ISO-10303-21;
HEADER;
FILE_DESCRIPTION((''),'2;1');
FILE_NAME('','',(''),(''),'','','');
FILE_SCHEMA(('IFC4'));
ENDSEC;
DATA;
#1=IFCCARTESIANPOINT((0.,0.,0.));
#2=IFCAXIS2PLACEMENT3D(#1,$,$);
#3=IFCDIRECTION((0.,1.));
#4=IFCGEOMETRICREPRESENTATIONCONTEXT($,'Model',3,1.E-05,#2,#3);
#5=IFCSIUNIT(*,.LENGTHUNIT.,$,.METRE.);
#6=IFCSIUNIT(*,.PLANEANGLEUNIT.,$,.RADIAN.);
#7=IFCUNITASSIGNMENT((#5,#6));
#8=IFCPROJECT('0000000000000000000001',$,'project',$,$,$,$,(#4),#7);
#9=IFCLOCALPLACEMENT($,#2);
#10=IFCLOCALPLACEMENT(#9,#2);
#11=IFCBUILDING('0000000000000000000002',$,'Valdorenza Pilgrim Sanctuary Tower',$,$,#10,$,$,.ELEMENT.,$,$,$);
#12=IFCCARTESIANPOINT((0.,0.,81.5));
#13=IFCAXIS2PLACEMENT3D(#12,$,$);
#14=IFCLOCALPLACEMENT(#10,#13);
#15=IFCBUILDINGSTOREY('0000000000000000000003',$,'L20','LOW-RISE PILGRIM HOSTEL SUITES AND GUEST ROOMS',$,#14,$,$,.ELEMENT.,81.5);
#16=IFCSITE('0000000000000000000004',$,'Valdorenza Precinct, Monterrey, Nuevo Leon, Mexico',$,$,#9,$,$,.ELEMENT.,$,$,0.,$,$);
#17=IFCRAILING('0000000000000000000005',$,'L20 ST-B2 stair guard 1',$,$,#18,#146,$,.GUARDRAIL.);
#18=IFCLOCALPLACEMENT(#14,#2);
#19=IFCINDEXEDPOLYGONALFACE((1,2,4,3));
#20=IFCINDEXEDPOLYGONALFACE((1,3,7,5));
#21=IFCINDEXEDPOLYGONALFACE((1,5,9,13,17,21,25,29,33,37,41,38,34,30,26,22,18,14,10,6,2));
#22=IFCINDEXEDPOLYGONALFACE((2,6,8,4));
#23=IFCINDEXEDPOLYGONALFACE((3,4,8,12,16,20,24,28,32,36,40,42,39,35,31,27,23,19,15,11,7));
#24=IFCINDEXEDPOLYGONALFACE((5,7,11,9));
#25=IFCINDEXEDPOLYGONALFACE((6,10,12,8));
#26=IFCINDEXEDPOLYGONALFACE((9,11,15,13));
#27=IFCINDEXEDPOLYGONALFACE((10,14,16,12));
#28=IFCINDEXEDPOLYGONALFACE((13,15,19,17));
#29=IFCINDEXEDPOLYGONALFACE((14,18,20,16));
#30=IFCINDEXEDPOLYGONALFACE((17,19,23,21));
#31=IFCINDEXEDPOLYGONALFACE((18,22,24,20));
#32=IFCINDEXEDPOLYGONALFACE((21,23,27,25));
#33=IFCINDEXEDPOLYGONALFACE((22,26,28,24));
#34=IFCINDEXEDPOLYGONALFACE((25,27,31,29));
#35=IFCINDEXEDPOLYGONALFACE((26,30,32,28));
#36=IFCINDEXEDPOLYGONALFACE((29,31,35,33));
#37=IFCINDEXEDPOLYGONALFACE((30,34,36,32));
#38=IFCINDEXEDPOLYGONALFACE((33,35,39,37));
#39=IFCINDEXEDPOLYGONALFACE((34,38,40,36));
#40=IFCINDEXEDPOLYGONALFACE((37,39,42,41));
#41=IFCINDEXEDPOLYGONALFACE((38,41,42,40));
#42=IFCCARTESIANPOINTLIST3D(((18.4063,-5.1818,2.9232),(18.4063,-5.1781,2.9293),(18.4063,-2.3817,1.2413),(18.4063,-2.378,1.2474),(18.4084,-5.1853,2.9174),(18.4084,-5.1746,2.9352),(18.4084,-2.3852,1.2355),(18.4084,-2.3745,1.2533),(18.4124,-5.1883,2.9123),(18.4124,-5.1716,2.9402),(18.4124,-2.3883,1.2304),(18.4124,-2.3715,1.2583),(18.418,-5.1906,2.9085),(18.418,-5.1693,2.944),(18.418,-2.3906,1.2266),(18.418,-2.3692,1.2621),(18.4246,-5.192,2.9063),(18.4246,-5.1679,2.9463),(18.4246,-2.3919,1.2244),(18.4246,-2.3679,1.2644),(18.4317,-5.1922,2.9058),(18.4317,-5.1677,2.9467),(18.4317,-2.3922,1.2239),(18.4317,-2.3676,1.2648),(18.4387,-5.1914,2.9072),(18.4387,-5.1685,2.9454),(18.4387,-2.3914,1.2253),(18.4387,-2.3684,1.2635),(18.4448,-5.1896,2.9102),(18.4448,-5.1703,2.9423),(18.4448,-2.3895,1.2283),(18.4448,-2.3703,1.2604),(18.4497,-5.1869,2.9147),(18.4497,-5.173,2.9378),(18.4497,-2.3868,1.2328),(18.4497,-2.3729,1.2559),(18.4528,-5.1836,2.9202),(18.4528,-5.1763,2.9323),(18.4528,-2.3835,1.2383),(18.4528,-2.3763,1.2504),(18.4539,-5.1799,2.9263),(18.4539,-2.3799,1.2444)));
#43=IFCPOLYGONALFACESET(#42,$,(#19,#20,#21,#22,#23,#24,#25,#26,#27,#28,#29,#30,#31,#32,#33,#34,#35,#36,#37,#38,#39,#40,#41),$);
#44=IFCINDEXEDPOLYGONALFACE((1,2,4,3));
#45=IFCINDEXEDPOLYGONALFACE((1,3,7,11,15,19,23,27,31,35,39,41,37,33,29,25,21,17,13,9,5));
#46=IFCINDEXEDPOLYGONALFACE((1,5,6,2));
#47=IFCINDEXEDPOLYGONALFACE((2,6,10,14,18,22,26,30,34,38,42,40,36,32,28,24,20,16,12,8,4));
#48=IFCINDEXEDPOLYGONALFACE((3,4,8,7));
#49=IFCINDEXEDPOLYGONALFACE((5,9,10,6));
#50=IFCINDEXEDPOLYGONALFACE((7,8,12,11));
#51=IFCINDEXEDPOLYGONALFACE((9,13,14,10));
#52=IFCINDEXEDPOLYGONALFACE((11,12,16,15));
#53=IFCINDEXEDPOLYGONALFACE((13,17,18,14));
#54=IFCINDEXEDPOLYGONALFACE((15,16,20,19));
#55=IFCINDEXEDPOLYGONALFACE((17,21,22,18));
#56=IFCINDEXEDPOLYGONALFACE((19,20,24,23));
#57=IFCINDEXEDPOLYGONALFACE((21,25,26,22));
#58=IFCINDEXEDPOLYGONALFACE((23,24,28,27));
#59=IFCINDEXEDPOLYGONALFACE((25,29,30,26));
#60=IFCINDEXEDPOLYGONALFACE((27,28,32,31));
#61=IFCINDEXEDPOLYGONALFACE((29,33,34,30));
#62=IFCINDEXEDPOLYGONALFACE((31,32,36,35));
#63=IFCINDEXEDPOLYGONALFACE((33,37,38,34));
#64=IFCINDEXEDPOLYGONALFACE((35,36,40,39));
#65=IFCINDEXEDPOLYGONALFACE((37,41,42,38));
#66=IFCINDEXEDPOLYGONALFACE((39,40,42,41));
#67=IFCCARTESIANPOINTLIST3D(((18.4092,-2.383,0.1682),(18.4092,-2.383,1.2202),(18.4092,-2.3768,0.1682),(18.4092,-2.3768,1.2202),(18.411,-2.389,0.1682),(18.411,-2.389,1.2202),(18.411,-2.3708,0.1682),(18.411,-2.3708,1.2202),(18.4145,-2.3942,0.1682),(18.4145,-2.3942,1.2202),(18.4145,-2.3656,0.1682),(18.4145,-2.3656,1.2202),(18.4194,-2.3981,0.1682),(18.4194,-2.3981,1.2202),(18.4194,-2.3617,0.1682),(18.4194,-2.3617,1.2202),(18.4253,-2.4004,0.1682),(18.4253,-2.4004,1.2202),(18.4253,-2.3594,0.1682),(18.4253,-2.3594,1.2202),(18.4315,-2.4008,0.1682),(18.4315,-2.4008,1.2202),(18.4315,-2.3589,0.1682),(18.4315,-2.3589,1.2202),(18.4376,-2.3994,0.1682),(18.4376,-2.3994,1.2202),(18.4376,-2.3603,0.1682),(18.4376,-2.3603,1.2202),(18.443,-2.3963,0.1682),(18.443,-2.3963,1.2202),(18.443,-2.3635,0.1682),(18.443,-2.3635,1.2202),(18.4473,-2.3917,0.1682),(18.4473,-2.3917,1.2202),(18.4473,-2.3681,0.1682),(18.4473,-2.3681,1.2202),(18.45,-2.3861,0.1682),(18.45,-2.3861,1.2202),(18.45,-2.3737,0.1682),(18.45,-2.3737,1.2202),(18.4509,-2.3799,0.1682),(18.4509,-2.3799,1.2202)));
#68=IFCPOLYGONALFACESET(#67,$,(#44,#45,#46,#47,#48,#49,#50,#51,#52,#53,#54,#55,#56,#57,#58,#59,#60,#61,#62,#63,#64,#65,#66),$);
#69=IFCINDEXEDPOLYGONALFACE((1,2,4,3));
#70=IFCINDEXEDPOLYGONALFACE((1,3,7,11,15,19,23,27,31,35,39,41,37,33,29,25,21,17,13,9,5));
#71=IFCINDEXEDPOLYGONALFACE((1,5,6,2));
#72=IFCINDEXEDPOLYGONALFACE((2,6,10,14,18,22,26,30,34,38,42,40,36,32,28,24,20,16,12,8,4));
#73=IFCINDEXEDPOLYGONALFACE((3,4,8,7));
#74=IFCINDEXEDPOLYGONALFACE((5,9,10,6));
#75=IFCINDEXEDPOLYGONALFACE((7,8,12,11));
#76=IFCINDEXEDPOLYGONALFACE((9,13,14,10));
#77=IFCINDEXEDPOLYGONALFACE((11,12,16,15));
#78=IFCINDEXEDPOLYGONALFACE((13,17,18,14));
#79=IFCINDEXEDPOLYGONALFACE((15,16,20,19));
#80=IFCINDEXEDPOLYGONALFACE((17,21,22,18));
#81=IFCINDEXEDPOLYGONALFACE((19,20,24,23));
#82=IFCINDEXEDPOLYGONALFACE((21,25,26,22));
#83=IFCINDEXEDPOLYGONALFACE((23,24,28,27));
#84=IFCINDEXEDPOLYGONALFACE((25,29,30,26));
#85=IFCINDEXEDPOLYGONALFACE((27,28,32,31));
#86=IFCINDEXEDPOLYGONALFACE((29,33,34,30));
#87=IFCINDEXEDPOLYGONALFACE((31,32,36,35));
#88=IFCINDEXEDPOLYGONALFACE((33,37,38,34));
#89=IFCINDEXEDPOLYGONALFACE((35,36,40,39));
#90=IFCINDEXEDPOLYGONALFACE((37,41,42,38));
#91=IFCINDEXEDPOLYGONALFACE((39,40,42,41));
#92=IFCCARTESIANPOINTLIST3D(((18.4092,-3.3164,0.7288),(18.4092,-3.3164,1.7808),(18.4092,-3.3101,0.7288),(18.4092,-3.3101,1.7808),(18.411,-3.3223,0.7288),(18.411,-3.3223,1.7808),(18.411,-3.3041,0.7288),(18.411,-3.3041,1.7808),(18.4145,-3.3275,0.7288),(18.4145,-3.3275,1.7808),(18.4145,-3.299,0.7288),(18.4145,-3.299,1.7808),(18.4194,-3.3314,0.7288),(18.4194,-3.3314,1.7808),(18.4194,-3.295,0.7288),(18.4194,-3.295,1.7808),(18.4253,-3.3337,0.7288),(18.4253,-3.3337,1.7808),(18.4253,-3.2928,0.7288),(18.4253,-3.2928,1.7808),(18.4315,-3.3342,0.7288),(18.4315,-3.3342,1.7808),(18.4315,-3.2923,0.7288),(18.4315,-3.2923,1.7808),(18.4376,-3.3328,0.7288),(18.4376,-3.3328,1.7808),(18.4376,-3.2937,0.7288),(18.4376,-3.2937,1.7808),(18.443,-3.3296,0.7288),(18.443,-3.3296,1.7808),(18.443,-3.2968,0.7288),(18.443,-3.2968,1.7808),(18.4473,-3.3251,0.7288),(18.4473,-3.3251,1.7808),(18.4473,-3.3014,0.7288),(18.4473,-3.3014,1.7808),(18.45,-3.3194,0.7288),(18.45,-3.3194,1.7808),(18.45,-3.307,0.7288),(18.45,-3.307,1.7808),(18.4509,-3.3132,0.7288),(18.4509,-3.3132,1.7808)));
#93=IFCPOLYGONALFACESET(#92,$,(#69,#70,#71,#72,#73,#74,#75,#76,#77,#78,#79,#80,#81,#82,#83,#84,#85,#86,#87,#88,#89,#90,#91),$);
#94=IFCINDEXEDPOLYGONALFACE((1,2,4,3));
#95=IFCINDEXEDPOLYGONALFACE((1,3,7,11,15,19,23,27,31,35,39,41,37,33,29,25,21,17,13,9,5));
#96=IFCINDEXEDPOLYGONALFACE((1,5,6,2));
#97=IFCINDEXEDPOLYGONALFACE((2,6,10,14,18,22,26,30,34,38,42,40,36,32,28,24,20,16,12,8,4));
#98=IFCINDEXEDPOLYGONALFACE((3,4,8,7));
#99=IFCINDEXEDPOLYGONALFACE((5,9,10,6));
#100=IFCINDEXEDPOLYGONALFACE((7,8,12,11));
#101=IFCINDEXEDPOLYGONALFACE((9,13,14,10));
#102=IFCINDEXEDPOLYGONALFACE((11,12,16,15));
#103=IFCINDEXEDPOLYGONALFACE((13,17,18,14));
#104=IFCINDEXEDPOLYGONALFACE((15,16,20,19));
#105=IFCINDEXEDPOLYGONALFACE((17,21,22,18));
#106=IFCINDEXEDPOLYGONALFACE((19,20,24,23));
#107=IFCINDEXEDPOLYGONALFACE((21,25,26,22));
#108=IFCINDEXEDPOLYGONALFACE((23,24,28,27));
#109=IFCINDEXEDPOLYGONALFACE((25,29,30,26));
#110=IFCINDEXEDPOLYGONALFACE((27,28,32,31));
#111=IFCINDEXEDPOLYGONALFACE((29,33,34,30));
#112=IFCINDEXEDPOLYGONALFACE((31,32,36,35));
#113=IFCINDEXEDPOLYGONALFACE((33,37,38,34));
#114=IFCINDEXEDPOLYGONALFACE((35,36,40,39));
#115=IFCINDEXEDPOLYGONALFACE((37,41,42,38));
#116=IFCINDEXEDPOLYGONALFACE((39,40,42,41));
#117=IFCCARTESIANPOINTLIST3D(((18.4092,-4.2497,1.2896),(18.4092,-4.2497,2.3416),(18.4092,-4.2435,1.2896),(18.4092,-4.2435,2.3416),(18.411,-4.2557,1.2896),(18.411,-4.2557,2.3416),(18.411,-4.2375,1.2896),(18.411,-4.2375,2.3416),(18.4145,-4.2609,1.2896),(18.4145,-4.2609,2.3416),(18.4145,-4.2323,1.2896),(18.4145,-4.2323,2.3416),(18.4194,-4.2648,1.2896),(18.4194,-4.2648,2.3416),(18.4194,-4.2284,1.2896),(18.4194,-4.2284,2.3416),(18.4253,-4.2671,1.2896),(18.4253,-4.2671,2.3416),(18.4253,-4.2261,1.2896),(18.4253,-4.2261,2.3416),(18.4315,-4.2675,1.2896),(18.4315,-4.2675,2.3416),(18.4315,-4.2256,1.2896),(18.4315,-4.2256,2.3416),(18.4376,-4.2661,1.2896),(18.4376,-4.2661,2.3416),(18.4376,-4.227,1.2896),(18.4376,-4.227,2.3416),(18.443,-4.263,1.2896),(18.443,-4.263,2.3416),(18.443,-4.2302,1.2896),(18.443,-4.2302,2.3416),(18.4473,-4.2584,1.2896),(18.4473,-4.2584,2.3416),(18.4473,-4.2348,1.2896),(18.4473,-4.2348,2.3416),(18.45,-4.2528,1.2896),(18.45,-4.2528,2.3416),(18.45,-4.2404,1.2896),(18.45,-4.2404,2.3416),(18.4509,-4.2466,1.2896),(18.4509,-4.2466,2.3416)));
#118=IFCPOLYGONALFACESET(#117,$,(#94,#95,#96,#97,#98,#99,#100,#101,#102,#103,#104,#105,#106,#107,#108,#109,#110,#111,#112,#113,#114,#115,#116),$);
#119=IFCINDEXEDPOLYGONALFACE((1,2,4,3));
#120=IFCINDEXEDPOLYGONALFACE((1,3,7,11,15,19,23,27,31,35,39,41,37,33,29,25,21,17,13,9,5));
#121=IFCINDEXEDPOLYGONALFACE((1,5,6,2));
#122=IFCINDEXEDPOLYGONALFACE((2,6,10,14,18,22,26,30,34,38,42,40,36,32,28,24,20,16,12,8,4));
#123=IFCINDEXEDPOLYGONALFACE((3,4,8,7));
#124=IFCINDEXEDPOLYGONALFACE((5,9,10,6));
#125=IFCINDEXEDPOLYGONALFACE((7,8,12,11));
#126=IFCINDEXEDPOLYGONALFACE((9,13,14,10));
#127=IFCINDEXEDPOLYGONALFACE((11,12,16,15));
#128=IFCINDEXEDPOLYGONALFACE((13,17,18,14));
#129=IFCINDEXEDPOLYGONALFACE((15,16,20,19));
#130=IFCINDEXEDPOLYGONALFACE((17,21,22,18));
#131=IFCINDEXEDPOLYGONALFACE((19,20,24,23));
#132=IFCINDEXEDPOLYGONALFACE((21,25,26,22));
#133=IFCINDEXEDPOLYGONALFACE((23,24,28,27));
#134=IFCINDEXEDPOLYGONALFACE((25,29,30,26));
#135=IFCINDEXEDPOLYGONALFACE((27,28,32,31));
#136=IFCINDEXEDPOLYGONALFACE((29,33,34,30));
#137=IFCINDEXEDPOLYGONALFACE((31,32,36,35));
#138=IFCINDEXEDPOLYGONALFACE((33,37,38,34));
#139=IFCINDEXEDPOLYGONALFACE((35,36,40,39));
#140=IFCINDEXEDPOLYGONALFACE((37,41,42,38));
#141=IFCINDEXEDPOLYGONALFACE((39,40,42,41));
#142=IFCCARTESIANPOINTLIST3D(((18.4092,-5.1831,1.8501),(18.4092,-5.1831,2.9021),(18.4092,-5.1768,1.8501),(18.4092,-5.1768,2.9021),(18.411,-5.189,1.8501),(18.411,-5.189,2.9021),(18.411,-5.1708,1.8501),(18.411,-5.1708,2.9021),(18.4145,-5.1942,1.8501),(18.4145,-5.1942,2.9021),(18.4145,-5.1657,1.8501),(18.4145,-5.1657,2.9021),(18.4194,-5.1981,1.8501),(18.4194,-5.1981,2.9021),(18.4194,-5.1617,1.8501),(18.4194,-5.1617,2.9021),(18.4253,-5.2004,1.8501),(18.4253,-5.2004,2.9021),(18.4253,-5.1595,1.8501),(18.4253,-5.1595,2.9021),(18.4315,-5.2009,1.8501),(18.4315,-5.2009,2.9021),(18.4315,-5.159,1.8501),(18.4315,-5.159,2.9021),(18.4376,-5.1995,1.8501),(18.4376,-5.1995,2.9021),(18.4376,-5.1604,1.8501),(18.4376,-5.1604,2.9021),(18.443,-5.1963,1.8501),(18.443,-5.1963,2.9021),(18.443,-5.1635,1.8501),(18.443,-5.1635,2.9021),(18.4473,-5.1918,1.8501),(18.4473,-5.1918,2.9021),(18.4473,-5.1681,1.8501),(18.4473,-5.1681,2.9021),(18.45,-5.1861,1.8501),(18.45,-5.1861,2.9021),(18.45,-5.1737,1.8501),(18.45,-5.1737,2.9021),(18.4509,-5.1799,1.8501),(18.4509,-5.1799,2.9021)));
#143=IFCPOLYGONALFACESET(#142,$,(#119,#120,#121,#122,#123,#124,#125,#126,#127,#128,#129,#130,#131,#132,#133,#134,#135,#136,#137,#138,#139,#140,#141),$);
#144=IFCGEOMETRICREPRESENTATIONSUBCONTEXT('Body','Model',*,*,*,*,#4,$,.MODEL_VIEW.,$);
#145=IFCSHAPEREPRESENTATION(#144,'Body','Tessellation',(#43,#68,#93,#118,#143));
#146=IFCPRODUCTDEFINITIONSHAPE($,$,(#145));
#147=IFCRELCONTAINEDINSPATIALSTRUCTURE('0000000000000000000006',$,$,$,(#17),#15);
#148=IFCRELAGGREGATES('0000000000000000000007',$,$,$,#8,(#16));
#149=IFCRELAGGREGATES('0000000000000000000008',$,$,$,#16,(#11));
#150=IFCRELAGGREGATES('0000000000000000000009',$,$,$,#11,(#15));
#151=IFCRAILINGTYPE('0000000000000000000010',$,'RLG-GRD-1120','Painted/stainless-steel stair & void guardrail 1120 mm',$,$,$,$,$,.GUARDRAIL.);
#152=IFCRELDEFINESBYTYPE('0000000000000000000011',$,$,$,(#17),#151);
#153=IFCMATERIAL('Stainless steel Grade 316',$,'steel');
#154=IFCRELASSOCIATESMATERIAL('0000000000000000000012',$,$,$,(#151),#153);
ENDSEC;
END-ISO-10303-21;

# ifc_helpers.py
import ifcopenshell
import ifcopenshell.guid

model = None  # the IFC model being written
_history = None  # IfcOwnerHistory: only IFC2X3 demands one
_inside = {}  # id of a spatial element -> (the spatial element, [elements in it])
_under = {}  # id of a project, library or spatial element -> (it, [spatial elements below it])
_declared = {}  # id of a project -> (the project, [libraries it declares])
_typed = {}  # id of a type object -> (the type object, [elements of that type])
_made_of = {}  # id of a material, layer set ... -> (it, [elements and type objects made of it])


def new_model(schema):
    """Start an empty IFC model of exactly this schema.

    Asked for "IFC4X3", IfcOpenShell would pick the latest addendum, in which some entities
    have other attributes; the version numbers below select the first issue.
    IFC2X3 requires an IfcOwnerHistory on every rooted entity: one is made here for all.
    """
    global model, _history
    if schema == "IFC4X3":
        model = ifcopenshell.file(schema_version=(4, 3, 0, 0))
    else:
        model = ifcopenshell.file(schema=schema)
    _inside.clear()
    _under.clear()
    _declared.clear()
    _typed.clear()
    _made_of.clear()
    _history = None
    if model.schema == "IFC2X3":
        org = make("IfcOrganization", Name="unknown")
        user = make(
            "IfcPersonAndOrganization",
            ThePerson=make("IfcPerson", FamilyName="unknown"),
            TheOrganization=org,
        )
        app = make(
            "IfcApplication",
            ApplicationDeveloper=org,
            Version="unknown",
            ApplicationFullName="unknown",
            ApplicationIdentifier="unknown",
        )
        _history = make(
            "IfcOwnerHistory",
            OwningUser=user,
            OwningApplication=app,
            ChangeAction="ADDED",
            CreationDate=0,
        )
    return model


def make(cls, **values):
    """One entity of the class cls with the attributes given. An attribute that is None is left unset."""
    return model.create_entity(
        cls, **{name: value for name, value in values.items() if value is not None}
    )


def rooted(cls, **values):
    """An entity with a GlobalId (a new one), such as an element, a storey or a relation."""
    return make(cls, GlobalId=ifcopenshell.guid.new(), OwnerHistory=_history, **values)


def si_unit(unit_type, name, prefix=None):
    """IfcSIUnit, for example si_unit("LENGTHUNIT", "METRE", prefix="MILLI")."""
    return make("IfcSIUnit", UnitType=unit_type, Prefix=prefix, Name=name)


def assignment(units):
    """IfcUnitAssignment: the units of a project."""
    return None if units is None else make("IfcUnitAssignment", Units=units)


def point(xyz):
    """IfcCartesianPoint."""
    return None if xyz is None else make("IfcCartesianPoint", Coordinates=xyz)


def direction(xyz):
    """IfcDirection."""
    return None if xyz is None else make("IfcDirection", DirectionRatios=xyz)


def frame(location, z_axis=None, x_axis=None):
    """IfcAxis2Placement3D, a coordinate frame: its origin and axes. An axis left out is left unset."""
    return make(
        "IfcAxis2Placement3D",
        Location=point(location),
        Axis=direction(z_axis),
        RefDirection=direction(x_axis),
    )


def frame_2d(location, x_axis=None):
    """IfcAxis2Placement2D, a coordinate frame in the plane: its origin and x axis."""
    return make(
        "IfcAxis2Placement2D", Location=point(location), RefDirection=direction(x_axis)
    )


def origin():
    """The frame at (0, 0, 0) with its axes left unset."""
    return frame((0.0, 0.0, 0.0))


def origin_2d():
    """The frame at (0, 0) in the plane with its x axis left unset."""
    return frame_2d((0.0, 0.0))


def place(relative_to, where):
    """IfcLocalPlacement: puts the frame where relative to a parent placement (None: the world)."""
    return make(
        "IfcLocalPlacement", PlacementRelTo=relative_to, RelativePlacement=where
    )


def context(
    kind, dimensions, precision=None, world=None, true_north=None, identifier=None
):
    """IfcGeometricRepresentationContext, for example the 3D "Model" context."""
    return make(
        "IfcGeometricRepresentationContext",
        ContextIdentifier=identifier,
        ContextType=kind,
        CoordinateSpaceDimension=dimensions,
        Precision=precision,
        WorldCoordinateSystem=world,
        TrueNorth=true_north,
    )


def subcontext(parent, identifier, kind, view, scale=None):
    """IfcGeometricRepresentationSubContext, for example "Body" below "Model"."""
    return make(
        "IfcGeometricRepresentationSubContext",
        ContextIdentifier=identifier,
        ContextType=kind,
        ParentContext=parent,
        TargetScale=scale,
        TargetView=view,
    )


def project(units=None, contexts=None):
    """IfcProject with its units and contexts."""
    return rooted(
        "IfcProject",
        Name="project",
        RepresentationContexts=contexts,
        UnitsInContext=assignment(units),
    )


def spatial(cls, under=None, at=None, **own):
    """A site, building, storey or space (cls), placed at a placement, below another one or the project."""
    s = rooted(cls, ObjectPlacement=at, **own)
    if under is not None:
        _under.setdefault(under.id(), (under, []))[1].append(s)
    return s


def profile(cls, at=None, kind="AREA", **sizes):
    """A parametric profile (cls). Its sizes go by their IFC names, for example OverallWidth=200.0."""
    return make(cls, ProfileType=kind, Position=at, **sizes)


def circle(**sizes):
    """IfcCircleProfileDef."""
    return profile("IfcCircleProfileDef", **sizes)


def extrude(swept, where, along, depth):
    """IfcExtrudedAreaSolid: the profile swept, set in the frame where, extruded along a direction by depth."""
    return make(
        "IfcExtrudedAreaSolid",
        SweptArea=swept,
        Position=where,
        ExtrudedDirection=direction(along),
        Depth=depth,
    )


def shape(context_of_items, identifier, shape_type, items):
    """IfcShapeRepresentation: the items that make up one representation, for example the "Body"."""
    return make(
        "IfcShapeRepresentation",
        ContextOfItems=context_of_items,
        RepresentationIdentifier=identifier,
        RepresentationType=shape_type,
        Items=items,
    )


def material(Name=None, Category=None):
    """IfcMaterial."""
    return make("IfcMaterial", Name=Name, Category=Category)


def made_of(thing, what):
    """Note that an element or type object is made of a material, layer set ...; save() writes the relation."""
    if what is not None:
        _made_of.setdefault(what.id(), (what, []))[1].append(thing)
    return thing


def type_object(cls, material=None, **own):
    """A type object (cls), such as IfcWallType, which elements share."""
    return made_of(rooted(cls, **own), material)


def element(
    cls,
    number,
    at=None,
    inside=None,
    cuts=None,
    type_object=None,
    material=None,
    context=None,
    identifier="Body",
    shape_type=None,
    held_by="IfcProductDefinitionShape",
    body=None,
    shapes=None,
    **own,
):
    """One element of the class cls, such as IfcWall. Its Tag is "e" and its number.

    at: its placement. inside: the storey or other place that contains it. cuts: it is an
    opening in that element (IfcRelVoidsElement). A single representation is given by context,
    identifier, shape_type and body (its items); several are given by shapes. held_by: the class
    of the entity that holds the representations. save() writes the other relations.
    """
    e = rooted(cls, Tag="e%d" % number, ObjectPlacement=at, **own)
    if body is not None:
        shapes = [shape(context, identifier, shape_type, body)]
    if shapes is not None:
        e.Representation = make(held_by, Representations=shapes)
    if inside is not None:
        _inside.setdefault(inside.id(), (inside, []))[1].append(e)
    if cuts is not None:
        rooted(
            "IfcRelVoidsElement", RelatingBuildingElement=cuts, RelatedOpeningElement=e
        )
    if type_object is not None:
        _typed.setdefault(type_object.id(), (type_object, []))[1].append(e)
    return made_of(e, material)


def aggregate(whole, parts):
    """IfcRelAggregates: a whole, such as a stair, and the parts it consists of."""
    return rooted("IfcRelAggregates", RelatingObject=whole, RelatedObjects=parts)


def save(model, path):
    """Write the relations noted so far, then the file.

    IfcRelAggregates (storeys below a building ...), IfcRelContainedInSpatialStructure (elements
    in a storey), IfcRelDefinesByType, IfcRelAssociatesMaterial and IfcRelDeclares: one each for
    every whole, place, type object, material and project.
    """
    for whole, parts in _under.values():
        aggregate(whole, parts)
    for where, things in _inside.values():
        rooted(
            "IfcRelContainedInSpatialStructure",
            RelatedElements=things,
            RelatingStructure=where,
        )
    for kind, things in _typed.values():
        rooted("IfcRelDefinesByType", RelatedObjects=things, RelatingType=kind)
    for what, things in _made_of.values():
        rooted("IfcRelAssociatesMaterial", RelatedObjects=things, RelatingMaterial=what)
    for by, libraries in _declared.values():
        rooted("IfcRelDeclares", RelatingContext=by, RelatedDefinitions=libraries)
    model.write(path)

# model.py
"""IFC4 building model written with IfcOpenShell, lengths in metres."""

from ifc_helpers import new_model, si_unit, direction, frame, origin, origin_2d, place, context, subcontext, project, spatial, circle, extrude, material, type_object, element, save


model = new_model("IFC4")

# Units and contexts
model_context = context("Model", 3, precision=1e-05, world=origin(), true_north=direction((0.0, 1.0)))
body_context = subcontext(model_context, "Body", "Model", "MODEL_VIEW")
ifc_project = project(units=[si_unit("LENGTHUNIT", "METRE"), si_unit("PLANEANGLEUNIT", "RADIAN")], contexts=[model_context])

# Site, building, storey
site_placement = place(None, origin())
site = spatial("IfcSite", under=ifc_project, at=site_placement, Name="Valdorenza Precinct, Monterrey, Nuevo Leon, Mexico", CompositionType="ELEMENT", RefElevation=0.0)
building_placement = place(site_placement, origin())
building = spatial("IfcBuilding", under=site, at=building_placement, Name="Valdorenza Pilgrim Sanctuary Tower", CompositionType="ELEMENT")
storey_placement = place(building_placement, frame((0.0, 0.0, 81.5)))
storey = spatial("IfcBuildingStorey", under=building, at=storey_placement, Name="L20", Description="LOW-RISE PILGRIM HOSTEL SUITES AND GUEST ROOMS", CompositionType="ELEMENT", Elevation=81.5)

# Railing
ifc_material_1 = material(Name="Stainless steel Grade 316", Category="steel")
railing_type_1 = type_object("IfcRailingType", Name="RLG-GRD-1120", Description="Painted/stainless-steel stair & void guardrail 1120 mm", PredefinedType="GUARDRAIL", material=ifc_material_1)
railing_1_placement = place(storey_placement, frame((18.4299, -2.3799, 0.1682)))
element("IfcRailing", 1, at=railing_1_placement, inside=storey, type_object=railing_type_1, Name="L20 ST-B2 stair guard 1", PredefinedType="GUARDRAIL", context=body_context, shape_type="SweptSolid", body=[
    extrude(circle(Radius=0.0239, at=origin_2d()), frame((0.0, 0.0, 1.0762), z_axis=(0.0, -0.857242, 0.514913), x_axis=(1.0, 0.0, 0.0)), (0.0, 0.0, 1.0), 3.2664),
    extrude(circle(Radius=0.021, at=origin_2d()), origin(), (0.0, 0.0, 1.0), 1.052),
    extrude(circle(Radius=0.021, at=origin_2d()), frame((0.0, -0.9333, 0.5605)), (0.0, 0.0, 1.0), 1.052),
    extrude(circle(Radius=0.021, at=origin_2d()), frame((0.0, -1.8667, 1.1213)), (0.0, 0.0, 1.0), 1.052),
    extrude(circle(Radius=0.021, at=origin_2d()), frame((0.0, -2.8, 1.6819)), (0.0, 0.0, 1.0), 1.052),
])

save(model, "model.ifc")
